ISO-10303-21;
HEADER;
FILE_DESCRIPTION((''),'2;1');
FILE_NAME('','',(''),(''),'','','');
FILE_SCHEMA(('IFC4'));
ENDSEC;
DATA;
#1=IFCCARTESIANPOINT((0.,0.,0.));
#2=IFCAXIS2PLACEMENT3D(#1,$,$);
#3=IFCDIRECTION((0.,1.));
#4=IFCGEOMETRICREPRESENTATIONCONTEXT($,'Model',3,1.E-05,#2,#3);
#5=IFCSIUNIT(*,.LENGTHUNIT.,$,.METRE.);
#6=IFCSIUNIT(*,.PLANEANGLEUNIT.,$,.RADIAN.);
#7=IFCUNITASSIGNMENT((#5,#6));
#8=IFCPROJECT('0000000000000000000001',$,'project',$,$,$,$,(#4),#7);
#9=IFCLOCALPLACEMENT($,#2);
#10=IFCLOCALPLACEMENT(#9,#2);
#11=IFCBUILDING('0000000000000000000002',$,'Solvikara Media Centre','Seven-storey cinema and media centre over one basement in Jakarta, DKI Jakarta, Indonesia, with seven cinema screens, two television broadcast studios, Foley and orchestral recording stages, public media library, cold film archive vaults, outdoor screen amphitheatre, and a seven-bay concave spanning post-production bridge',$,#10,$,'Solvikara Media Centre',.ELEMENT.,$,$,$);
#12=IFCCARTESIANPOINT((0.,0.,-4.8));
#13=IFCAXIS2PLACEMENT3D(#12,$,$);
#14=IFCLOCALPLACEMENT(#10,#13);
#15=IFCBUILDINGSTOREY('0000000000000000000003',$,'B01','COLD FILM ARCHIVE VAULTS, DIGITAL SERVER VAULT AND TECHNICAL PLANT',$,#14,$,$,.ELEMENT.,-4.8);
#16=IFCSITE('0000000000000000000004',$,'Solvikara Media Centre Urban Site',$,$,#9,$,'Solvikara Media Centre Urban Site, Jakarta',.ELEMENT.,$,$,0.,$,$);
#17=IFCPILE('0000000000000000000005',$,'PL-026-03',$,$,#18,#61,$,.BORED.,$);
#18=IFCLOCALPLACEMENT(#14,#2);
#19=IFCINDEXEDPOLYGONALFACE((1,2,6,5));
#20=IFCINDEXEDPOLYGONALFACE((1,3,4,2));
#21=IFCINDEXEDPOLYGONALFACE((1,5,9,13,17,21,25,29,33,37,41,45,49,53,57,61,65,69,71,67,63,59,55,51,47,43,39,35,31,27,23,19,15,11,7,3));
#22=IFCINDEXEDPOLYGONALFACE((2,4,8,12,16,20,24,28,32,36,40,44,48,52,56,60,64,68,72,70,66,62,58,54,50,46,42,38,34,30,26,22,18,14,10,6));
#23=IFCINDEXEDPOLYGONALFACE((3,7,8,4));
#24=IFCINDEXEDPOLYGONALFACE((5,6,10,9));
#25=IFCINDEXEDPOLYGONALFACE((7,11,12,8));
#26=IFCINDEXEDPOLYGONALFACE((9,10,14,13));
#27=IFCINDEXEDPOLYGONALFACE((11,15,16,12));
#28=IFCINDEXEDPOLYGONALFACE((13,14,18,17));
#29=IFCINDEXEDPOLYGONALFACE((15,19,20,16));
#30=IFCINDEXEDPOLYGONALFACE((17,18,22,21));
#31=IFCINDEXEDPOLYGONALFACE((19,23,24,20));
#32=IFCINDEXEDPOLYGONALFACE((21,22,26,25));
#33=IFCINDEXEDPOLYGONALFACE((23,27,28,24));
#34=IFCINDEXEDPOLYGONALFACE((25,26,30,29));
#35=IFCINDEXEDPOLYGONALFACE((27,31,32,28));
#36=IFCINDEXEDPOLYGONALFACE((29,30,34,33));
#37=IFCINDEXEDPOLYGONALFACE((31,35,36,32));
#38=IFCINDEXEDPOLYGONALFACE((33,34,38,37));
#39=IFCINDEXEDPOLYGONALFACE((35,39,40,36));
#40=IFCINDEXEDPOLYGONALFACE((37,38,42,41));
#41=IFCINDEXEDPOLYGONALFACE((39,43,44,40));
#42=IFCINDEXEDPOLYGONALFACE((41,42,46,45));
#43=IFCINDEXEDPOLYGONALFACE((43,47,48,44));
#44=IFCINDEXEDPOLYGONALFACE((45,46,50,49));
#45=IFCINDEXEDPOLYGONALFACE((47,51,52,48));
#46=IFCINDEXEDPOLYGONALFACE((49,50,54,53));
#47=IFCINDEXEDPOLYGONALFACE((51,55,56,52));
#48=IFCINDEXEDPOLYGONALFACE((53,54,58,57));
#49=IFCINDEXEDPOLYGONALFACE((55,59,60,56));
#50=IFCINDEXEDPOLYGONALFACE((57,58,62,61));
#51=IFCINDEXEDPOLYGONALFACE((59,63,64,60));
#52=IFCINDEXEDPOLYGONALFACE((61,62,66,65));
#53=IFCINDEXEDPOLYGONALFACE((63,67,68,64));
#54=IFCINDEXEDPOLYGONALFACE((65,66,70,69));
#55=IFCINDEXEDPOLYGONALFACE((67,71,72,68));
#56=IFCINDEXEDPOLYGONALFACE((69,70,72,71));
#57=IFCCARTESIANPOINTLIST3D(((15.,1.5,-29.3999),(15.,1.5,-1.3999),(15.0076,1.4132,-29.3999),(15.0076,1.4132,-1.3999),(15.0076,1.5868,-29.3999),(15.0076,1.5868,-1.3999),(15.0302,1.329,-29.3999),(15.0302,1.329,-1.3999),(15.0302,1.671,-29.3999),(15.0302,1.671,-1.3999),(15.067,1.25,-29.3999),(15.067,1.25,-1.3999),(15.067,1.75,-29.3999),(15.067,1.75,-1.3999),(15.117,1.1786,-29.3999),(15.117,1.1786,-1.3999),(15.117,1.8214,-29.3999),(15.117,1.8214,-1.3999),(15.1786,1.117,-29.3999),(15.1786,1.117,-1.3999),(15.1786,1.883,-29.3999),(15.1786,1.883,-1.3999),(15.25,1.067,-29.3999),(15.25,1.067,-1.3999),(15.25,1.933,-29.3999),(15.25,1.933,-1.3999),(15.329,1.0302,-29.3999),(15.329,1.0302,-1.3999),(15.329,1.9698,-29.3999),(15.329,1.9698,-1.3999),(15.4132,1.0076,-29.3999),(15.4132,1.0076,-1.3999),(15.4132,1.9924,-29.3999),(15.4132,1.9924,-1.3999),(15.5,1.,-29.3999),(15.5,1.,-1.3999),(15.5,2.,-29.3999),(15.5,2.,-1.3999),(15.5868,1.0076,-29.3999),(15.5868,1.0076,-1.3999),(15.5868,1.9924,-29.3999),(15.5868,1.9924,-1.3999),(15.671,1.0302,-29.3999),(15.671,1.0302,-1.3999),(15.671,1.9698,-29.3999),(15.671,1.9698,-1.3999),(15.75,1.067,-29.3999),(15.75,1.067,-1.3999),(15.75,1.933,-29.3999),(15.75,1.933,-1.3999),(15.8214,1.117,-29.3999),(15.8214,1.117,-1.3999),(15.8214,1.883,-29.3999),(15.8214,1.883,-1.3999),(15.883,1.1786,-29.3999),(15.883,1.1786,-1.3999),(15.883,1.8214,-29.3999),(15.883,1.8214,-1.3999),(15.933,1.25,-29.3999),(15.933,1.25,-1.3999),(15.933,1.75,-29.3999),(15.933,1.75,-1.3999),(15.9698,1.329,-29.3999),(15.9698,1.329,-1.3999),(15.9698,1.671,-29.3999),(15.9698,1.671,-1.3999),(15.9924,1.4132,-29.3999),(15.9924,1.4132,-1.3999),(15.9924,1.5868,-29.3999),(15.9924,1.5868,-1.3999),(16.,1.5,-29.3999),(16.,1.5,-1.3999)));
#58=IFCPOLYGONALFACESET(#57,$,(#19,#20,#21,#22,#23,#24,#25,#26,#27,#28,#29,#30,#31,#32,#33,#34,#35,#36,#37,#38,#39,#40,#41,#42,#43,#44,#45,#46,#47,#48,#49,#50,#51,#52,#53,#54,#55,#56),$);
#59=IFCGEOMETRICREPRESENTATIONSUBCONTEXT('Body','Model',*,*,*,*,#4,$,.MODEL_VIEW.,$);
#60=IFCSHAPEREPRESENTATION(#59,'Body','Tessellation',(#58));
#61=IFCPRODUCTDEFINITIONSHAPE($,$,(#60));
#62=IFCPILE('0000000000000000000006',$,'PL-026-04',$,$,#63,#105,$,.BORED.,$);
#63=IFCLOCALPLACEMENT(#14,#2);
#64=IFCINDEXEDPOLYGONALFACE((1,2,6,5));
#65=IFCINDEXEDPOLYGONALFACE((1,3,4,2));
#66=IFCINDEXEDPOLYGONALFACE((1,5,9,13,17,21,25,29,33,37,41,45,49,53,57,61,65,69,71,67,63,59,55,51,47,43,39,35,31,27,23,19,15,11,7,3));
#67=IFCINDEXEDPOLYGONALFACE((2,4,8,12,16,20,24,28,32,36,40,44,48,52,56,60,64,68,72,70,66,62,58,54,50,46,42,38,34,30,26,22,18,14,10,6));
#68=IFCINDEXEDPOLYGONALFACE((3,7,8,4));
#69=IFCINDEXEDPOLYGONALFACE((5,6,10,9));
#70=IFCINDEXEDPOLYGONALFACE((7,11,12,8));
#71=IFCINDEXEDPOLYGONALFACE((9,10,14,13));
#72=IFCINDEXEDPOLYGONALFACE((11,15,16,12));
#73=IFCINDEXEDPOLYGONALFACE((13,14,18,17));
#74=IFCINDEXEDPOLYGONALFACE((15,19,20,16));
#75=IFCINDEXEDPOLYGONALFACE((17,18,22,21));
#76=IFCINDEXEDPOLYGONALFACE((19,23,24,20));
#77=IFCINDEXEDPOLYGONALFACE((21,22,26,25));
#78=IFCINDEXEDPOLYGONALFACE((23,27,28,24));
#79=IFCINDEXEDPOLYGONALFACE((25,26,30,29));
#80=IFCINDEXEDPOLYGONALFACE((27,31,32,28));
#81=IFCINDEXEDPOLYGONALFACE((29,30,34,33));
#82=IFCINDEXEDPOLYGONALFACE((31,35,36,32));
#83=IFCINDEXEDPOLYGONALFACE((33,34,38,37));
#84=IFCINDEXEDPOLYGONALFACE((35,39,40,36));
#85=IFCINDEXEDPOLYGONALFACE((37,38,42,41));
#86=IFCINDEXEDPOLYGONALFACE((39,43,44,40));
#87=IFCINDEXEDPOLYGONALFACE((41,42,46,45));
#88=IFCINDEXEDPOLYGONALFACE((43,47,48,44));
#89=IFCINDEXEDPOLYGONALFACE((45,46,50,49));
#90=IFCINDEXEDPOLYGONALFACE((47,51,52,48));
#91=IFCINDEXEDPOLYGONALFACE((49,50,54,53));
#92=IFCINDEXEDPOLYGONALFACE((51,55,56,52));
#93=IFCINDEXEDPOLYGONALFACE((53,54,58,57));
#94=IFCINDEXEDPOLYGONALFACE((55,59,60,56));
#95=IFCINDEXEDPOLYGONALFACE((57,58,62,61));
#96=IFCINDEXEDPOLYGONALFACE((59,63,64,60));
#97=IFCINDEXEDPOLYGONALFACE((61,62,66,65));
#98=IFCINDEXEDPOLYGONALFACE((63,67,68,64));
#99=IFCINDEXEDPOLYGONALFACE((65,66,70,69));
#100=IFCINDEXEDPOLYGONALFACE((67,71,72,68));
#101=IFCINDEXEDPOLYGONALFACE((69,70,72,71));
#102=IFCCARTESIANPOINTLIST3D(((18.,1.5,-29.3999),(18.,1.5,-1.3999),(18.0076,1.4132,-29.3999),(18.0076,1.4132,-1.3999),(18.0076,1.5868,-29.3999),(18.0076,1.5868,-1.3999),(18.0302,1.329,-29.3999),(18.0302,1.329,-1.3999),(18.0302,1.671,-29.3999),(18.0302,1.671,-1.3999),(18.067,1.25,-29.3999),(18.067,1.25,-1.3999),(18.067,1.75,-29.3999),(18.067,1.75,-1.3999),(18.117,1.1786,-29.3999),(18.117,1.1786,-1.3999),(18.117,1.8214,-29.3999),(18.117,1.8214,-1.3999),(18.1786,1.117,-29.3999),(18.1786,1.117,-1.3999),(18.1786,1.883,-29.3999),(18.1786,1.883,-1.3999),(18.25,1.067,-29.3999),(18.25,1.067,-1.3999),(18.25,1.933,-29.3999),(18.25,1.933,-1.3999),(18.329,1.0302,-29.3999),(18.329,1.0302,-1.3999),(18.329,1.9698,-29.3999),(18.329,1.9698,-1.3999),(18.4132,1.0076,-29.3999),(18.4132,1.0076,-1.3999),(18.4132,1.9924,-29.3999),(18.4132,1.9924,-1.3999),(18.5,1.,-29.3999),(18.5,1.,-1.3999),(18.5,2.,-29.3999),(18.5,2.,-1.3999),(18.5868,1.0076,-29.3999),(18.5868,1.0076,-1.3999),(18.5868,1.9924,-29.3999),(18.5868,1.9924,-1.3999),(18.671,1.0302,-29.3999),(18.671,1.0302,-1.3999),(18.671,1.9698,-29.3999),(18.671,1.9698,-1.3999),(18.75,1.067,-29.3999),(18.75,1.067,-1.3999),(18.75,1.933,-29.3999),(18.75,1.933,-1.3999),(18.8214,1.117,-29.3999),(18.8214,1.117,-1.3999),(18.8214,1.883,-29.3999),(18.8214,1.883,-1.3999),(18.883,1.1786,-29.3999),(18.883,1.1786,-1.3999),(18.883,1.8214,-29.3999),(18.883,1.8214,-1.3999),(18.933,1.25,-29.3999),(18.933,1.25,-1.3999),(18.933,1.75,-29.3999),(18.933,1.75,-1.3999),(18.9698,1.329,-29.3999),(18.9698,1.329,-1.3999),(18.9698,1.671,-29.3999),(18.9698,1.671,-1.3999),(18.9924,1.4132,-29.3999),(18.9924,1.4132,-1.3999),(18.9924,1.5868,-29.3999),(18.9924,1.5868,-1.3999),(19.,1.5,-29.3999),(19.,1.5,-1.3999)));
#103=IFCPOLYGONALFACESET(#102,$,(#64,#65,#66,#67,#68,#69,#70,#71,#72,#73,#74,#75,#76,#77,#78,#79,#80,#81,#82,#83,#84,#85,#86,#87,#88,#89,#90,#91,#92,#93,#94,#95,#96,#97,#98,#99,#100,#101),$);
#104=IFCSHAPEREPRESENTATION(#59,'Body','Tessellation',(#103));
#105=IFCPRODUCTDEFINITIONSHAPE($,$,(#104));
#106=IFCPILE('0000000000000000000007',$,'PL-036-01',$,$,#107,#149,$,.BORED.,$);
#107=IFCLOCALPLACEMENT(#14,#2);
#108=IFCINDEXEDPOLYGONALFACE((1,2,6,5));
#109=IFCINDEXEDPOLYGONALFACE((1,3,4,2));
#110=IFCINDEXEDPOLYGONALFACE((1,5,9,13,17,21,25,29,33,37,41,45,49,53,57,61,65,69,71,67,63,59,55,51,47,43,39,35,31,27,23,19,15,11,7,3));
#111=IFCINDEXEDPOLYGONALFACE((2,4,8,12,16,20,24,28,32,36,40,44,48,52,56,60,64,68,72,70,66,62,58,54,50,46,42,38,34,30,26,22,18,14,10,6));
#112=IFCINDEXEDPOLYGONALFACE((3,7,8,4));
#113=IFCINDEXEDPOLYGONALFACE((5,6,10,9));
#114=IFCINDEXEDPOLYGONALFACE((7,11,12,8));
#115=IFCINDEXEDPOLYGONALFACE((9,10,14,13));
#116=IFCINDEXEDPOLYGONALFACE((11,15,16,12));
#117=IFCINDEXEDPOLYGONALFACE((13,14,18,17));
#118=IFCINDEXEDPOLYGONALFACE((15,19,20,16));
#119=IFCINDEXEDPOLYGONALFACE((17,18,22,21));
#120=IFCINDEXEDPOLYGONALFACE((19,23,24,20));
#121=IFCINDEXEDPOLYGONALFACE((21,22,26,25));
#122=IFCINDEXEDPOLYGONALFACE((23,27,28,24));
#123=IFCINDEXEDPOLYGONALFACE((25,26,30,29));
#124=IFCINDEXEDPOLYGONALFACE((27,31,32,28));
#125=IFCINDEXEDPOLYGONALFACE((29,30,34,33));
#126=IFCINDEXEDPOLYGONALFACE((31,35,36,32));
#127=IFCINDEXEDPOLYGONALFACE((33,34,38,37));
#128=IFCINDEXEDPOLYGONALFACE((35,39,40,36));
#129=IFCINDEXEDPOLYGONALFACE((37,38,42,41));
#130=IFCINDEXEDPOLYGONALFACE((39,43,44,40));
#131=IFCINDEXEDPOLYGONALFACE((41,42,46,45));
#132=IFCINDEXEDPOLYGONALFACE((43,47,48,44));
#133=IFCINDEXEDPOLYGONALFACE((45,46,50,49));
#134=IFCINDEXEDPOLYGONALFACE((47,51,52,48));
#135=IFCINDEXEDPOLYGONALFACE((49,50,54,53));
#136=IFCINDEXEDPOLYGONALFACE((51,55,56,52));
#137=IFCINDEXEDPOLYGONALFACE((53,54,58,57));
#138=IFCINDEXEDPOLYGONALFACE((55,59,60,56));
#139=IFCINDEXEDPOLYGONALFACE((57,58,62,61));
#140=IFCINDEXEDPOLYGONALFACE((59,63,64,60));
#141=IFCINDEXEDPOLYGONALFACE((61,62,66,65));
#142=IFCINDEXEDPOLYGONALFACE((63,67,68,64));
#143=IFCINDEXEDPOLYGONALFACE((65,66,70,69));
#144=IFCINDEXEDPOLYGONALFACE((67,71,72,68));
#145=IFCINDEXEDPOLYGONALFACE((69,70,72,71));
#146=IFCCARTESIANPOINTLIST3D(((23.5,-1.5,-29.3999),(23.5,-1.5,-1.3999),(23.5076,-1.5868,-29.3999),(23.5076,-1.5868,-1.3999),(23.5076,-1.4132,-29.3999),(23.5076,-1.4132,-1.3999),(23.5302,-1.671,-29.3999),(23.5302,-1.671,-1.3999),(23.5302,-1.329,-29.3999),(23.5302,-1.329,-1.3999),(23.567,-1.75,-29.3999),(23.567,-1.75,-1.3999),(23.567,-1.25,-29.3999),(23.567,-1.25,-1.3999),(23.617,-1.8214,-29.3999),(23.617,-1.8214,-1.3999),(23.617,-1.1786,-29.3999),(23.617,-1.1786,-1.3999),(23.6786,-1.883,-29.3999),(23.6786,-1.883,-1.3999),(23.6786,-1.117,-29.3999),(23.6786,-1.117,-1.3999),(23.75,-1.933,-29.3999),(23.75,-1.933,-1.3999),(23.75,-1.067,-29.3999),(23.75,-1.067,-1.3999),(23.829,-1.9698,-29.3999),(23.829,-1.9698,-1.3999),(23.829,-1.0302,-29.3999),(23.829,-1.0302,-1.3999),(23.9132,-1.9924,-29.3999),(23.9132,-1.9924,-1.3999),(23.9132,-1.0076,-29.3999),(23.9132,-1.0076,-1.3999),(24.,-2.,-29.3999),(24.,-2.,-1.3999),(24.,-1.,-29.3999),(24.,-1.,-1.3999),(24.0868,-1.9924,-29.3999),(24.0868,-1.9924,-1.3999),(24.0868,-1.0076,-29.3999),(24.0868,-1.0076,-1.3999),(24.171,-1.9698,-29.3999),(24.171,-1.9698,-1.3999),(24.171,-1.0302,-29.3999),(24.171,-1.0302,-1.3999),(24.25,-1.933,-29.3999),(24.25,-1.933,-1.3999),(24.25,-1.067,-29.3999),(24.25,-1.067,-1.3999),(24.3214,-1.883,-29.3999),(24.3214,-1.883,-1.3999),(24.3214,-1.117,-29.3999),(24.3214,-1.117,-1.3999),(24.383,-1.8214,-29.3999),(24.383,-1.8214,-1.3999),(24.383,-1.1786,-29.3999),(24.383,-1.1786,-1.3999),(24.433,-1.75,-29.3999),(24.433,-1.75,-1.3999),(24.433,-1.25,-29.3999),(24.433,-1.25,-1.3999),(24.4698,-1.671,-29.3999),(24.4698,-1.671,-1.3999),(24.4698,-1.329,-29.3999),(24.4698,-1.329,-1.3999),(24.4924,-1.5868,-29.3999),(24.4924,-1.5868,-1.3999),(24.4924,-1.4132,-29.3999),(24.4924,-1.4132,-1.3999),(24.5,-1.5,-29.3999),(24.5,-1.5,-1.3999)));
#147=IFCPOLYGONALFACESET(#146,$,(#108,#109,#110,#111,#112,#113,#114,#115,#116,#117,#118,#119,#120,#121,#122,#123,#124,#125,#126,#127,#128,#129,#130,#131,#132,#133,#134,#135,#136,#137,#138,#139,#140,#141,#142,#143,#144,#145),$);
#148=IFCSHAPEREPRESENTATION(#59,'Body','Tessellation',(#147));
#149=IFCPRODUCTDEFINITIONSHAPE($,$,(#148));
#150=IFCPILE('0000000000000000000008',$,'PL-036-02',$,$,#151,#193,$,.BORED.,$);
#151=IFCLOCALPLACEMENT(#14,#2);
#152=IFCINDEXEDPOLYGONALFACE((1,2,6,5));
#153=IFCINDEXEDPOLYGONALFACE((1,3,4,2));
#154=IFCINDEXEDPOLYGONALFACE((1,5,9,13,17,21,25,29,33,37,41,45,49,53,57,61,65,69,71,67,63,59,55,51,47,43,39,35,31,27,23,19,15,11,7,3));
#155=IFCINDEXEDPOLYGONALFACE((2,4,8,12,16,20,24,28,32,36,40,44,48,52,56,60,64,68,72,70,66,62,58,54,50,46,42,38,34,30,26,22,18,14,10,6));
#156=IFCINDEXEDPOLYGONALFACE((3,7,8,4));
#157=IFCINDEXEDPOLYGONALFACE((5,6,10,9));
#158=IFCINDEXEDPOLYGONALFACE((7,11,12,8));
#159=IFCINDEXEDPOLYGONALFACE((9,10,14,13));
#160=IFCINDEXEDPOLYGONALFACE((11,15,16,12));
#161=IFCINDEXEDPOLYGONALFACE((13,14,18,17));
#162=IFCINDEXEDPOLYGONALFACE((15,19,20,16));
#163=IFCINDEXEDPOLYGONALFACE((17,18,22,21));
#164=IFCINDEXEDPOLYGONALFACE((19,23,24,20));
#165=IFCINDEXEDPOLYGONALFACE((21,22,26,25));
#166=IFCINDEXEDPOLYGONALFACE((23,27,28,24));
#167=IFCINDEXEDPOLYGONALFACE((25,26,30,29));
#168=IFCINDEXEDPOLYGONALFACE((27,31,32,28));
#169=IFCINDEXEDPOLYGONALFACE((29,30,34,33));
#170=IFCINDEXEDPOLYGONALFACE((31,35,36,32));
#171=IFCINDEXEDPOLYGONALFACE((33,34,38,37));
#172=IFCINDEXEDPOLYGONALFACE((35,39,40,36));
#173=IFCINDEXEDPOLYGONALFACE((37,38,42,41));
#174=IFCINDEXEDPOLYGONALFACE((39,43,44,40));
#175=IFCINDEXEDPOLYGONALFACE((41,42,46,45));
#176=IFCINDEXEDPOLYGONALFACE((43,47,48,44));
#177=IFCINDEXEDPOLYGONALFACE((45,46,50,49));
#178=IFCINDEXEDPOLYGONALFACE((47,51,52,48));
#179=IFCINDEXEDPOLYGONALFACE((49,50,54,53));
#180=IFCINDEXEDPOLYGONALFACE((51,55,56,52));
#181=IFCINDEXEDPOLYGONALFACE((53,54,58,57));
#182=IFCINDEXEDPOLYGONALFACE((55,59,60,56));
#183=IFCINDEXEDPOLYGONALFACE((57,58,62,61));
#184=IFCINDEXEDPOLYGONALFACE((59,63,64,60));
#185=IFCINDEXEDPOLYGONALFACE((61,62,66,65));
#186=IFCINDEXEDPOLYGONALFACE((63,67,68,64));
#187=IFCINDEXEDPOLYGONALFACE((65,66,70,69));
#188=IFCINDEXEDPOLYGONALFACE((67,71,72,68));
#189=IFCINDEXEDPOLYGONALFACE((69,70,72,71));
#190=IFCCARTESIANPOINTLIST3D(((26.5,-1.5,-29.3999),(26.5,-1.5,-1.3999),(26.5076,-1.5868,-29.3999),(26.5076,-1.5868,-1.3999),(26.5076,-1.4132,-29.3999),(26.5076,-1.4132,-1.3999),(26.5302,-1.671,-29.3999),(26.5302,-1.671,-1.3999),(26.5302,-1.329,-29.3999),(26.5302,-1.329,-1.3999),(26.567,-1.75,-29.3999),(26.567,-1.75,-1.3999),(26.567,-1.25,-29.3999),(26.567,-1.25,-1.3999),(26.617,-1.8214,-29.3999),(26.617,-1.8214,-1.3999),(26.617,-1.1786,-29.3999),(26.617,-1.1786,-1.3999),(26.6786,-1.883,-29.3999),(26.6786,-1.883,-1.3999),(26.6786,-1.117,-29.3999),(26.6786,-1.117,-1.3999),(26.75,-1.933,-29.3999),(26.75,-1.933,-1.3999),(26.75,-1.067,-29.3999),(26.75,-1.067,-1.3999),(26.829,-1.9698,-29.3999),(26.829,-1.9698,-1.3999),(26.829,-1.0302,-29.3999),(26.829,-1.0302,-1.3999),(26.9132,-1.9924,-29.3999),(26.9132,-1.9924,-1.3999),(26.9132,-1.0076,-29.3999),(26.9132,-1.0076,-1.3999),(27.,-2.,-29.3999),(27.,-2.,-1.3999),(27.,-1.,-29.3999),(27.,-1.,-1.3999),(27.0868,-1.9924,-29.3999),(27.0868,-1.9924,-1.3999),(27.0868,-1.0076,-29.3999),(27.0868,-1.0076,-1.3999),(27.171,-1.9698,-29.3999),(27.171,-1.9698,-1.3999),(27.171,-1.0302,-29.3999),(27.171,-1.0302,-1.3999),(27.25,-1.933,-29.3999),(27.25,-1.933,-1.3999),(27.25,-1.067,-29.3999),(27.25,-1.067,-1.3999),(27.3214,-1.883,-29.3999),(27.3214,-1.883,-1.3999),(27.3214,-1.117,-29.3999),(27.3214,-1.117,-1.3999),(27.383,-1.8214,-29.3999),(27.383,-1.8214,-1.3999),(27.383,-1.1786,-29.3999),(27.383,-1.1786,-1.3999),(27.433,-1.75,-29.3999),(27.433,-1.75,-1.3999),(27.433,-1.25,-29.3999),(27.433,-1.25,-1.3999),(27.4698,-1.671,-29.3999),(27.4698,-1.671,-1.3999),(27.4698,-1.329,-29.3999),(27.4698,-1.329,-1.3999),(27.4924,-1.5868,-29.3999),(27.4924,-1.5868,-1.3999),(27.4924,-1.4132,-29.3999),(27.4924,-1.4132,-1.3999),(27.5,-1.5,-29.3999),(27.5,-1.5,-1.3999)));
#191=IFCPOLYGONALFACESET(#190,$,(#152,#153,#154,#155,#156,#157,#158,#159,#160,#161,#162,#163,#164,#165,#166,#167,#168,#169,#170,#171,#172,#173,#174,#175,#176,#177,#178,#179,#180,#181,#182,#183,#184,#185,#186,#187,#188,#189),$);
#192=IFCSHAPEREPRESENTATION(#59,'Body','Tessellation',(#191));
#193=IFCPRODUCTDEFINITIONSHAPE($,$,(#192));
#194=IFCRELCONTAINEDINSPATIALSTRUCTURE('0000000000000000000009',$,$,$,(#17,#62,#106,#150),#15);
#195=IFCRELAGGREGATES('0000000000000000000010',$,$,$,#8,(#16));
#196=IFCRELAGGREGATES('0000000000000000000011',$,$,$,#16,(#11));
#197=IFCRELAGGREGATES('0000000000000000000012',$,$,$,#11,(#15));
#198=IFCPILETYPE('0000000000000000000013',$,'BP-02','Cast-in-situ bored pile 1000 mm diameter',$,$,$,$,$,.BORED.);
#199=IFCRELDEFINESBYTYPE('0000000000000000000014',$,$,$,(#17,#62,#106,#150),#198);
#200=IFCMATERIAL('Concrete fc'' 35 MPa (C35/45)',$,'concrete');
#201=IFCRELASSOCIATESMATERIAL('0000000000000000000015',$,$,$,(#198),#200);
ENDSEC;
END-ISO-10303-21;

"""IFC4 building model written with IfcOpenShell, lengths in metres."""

from ifc_helpers import new_model, si_unit, direction, frame, origin, origin_2d, place, context, subcontext, project, spatial, circle, extrude, material, material_profile, profile_set, type_object, element, save


model = new_model("IFC4")

# Units and contexts
model_context = context("Model", 3, precision=1e-05, world=origin(), true_north=direction((0.0, 1.0)))
body_context = subcontext(model_context, "Body", "Model", "MODEL_VIEW")
ifc_project = project(units=[si_unit("LENGTHUNIT", "METRE"), si_unit("PLANEANGLEUNIT", "RADIAN")], contexts=[model_context])

# Site, building, storey
site_placement = place(None, origin())
site = spatial("IfcSite", under=ifc_project, at=site_placement, Name="Solvikara Media Centre Urban Site", LongName="Solvikara Media Centre Urban Site, Jakarta", CompositionType="ELEMENT", RefElevation=0.0)
building_placement = place(site_placement, origin())
building = spatial("IfcBuilding", under=site, at=building_placement, Name="Solvikara Media Centre", Description="Seven-storey cinema and media centre over one basement in Jakarta, DKI Jakarta, Indonesia, with seven cinema screens, two television broadcast studios, Foley and orchestral recording stages, public media library, cold film archive vaults, outdoor screen amphitheatre, and a seven-bay concave spanning post-production bridge", LongName="Solvikara Media Centre", CompositionType="ELEMENT")
storey_placement = place(building_placement, frame((0.0, 0.0, -4.8)))
storey = spatial("IfcBuildingStorey", under=building, at=storey_placement, Name="B01", Description="COLD FILM ARCHIVE VAULTS, DIGITAL SERVER VAULT AND TECHNICAL PLANT", CompositionType="ELEMENT", Elevation=-4.8)

# Piles
ifc_material_1 = material(Name="Concrete fc' 35 MPa (C35/45)", Category="concrete")
ifc_material_profile_1 = material_profile(ifc_material_1, circle(Radius=0.5, at=origin_2d()), Name="BORED PILE D1000")
ifc_profile_set_1 = profile_set([ifc_material_profile_1], Name="Concrete fc' 35 MPa (C35/45)")
pile_type_1 = type_object("IfcPileType", Name="BP-02", Description="Cast-in-situ bored pile 1000 mm diameter", PredefinedType="BORED", material=ifc_profile_set_1)
for number, where, z_axis, x_axis, name in (
    (1, (15.5, 1.5, -1.3999), (0.0, 0.0, -1.0), (1.0, 0.0, 0.0), "PL-026-03"),
    (2, (18.5, 1.5, -1.3999), (0.0, 0.0, -1.0), (1.0, 0.0, 0.0), "PL-026-04"),
    (3, (24.0, -1.5, -1.3999), (0.0, 0.0, -1.0), (1.0, 0.0, 0.0), "PL-036-01"),
    (4, (27.0, -1.5, -1.3999), (0.0, 0.0, -1.0), (1.0, 0.0, 0.0), "PL-036-02"),
):
    element("IfcPile", number, at=place(storey_placement, frame(where, z_axis=z_axis, x_axis=x_axis)), inside=storey, type_object=pile_type_1, Name=name, PredefinedType="BORED", context=body_context, shape_type="SweptSolid", body=[
        extrude(circle(Radius=0.5, at=origin_2d()), origin(), (0.0, 0.0, 1.0), 28.0),
    ])

save(model, "model.ifc")
